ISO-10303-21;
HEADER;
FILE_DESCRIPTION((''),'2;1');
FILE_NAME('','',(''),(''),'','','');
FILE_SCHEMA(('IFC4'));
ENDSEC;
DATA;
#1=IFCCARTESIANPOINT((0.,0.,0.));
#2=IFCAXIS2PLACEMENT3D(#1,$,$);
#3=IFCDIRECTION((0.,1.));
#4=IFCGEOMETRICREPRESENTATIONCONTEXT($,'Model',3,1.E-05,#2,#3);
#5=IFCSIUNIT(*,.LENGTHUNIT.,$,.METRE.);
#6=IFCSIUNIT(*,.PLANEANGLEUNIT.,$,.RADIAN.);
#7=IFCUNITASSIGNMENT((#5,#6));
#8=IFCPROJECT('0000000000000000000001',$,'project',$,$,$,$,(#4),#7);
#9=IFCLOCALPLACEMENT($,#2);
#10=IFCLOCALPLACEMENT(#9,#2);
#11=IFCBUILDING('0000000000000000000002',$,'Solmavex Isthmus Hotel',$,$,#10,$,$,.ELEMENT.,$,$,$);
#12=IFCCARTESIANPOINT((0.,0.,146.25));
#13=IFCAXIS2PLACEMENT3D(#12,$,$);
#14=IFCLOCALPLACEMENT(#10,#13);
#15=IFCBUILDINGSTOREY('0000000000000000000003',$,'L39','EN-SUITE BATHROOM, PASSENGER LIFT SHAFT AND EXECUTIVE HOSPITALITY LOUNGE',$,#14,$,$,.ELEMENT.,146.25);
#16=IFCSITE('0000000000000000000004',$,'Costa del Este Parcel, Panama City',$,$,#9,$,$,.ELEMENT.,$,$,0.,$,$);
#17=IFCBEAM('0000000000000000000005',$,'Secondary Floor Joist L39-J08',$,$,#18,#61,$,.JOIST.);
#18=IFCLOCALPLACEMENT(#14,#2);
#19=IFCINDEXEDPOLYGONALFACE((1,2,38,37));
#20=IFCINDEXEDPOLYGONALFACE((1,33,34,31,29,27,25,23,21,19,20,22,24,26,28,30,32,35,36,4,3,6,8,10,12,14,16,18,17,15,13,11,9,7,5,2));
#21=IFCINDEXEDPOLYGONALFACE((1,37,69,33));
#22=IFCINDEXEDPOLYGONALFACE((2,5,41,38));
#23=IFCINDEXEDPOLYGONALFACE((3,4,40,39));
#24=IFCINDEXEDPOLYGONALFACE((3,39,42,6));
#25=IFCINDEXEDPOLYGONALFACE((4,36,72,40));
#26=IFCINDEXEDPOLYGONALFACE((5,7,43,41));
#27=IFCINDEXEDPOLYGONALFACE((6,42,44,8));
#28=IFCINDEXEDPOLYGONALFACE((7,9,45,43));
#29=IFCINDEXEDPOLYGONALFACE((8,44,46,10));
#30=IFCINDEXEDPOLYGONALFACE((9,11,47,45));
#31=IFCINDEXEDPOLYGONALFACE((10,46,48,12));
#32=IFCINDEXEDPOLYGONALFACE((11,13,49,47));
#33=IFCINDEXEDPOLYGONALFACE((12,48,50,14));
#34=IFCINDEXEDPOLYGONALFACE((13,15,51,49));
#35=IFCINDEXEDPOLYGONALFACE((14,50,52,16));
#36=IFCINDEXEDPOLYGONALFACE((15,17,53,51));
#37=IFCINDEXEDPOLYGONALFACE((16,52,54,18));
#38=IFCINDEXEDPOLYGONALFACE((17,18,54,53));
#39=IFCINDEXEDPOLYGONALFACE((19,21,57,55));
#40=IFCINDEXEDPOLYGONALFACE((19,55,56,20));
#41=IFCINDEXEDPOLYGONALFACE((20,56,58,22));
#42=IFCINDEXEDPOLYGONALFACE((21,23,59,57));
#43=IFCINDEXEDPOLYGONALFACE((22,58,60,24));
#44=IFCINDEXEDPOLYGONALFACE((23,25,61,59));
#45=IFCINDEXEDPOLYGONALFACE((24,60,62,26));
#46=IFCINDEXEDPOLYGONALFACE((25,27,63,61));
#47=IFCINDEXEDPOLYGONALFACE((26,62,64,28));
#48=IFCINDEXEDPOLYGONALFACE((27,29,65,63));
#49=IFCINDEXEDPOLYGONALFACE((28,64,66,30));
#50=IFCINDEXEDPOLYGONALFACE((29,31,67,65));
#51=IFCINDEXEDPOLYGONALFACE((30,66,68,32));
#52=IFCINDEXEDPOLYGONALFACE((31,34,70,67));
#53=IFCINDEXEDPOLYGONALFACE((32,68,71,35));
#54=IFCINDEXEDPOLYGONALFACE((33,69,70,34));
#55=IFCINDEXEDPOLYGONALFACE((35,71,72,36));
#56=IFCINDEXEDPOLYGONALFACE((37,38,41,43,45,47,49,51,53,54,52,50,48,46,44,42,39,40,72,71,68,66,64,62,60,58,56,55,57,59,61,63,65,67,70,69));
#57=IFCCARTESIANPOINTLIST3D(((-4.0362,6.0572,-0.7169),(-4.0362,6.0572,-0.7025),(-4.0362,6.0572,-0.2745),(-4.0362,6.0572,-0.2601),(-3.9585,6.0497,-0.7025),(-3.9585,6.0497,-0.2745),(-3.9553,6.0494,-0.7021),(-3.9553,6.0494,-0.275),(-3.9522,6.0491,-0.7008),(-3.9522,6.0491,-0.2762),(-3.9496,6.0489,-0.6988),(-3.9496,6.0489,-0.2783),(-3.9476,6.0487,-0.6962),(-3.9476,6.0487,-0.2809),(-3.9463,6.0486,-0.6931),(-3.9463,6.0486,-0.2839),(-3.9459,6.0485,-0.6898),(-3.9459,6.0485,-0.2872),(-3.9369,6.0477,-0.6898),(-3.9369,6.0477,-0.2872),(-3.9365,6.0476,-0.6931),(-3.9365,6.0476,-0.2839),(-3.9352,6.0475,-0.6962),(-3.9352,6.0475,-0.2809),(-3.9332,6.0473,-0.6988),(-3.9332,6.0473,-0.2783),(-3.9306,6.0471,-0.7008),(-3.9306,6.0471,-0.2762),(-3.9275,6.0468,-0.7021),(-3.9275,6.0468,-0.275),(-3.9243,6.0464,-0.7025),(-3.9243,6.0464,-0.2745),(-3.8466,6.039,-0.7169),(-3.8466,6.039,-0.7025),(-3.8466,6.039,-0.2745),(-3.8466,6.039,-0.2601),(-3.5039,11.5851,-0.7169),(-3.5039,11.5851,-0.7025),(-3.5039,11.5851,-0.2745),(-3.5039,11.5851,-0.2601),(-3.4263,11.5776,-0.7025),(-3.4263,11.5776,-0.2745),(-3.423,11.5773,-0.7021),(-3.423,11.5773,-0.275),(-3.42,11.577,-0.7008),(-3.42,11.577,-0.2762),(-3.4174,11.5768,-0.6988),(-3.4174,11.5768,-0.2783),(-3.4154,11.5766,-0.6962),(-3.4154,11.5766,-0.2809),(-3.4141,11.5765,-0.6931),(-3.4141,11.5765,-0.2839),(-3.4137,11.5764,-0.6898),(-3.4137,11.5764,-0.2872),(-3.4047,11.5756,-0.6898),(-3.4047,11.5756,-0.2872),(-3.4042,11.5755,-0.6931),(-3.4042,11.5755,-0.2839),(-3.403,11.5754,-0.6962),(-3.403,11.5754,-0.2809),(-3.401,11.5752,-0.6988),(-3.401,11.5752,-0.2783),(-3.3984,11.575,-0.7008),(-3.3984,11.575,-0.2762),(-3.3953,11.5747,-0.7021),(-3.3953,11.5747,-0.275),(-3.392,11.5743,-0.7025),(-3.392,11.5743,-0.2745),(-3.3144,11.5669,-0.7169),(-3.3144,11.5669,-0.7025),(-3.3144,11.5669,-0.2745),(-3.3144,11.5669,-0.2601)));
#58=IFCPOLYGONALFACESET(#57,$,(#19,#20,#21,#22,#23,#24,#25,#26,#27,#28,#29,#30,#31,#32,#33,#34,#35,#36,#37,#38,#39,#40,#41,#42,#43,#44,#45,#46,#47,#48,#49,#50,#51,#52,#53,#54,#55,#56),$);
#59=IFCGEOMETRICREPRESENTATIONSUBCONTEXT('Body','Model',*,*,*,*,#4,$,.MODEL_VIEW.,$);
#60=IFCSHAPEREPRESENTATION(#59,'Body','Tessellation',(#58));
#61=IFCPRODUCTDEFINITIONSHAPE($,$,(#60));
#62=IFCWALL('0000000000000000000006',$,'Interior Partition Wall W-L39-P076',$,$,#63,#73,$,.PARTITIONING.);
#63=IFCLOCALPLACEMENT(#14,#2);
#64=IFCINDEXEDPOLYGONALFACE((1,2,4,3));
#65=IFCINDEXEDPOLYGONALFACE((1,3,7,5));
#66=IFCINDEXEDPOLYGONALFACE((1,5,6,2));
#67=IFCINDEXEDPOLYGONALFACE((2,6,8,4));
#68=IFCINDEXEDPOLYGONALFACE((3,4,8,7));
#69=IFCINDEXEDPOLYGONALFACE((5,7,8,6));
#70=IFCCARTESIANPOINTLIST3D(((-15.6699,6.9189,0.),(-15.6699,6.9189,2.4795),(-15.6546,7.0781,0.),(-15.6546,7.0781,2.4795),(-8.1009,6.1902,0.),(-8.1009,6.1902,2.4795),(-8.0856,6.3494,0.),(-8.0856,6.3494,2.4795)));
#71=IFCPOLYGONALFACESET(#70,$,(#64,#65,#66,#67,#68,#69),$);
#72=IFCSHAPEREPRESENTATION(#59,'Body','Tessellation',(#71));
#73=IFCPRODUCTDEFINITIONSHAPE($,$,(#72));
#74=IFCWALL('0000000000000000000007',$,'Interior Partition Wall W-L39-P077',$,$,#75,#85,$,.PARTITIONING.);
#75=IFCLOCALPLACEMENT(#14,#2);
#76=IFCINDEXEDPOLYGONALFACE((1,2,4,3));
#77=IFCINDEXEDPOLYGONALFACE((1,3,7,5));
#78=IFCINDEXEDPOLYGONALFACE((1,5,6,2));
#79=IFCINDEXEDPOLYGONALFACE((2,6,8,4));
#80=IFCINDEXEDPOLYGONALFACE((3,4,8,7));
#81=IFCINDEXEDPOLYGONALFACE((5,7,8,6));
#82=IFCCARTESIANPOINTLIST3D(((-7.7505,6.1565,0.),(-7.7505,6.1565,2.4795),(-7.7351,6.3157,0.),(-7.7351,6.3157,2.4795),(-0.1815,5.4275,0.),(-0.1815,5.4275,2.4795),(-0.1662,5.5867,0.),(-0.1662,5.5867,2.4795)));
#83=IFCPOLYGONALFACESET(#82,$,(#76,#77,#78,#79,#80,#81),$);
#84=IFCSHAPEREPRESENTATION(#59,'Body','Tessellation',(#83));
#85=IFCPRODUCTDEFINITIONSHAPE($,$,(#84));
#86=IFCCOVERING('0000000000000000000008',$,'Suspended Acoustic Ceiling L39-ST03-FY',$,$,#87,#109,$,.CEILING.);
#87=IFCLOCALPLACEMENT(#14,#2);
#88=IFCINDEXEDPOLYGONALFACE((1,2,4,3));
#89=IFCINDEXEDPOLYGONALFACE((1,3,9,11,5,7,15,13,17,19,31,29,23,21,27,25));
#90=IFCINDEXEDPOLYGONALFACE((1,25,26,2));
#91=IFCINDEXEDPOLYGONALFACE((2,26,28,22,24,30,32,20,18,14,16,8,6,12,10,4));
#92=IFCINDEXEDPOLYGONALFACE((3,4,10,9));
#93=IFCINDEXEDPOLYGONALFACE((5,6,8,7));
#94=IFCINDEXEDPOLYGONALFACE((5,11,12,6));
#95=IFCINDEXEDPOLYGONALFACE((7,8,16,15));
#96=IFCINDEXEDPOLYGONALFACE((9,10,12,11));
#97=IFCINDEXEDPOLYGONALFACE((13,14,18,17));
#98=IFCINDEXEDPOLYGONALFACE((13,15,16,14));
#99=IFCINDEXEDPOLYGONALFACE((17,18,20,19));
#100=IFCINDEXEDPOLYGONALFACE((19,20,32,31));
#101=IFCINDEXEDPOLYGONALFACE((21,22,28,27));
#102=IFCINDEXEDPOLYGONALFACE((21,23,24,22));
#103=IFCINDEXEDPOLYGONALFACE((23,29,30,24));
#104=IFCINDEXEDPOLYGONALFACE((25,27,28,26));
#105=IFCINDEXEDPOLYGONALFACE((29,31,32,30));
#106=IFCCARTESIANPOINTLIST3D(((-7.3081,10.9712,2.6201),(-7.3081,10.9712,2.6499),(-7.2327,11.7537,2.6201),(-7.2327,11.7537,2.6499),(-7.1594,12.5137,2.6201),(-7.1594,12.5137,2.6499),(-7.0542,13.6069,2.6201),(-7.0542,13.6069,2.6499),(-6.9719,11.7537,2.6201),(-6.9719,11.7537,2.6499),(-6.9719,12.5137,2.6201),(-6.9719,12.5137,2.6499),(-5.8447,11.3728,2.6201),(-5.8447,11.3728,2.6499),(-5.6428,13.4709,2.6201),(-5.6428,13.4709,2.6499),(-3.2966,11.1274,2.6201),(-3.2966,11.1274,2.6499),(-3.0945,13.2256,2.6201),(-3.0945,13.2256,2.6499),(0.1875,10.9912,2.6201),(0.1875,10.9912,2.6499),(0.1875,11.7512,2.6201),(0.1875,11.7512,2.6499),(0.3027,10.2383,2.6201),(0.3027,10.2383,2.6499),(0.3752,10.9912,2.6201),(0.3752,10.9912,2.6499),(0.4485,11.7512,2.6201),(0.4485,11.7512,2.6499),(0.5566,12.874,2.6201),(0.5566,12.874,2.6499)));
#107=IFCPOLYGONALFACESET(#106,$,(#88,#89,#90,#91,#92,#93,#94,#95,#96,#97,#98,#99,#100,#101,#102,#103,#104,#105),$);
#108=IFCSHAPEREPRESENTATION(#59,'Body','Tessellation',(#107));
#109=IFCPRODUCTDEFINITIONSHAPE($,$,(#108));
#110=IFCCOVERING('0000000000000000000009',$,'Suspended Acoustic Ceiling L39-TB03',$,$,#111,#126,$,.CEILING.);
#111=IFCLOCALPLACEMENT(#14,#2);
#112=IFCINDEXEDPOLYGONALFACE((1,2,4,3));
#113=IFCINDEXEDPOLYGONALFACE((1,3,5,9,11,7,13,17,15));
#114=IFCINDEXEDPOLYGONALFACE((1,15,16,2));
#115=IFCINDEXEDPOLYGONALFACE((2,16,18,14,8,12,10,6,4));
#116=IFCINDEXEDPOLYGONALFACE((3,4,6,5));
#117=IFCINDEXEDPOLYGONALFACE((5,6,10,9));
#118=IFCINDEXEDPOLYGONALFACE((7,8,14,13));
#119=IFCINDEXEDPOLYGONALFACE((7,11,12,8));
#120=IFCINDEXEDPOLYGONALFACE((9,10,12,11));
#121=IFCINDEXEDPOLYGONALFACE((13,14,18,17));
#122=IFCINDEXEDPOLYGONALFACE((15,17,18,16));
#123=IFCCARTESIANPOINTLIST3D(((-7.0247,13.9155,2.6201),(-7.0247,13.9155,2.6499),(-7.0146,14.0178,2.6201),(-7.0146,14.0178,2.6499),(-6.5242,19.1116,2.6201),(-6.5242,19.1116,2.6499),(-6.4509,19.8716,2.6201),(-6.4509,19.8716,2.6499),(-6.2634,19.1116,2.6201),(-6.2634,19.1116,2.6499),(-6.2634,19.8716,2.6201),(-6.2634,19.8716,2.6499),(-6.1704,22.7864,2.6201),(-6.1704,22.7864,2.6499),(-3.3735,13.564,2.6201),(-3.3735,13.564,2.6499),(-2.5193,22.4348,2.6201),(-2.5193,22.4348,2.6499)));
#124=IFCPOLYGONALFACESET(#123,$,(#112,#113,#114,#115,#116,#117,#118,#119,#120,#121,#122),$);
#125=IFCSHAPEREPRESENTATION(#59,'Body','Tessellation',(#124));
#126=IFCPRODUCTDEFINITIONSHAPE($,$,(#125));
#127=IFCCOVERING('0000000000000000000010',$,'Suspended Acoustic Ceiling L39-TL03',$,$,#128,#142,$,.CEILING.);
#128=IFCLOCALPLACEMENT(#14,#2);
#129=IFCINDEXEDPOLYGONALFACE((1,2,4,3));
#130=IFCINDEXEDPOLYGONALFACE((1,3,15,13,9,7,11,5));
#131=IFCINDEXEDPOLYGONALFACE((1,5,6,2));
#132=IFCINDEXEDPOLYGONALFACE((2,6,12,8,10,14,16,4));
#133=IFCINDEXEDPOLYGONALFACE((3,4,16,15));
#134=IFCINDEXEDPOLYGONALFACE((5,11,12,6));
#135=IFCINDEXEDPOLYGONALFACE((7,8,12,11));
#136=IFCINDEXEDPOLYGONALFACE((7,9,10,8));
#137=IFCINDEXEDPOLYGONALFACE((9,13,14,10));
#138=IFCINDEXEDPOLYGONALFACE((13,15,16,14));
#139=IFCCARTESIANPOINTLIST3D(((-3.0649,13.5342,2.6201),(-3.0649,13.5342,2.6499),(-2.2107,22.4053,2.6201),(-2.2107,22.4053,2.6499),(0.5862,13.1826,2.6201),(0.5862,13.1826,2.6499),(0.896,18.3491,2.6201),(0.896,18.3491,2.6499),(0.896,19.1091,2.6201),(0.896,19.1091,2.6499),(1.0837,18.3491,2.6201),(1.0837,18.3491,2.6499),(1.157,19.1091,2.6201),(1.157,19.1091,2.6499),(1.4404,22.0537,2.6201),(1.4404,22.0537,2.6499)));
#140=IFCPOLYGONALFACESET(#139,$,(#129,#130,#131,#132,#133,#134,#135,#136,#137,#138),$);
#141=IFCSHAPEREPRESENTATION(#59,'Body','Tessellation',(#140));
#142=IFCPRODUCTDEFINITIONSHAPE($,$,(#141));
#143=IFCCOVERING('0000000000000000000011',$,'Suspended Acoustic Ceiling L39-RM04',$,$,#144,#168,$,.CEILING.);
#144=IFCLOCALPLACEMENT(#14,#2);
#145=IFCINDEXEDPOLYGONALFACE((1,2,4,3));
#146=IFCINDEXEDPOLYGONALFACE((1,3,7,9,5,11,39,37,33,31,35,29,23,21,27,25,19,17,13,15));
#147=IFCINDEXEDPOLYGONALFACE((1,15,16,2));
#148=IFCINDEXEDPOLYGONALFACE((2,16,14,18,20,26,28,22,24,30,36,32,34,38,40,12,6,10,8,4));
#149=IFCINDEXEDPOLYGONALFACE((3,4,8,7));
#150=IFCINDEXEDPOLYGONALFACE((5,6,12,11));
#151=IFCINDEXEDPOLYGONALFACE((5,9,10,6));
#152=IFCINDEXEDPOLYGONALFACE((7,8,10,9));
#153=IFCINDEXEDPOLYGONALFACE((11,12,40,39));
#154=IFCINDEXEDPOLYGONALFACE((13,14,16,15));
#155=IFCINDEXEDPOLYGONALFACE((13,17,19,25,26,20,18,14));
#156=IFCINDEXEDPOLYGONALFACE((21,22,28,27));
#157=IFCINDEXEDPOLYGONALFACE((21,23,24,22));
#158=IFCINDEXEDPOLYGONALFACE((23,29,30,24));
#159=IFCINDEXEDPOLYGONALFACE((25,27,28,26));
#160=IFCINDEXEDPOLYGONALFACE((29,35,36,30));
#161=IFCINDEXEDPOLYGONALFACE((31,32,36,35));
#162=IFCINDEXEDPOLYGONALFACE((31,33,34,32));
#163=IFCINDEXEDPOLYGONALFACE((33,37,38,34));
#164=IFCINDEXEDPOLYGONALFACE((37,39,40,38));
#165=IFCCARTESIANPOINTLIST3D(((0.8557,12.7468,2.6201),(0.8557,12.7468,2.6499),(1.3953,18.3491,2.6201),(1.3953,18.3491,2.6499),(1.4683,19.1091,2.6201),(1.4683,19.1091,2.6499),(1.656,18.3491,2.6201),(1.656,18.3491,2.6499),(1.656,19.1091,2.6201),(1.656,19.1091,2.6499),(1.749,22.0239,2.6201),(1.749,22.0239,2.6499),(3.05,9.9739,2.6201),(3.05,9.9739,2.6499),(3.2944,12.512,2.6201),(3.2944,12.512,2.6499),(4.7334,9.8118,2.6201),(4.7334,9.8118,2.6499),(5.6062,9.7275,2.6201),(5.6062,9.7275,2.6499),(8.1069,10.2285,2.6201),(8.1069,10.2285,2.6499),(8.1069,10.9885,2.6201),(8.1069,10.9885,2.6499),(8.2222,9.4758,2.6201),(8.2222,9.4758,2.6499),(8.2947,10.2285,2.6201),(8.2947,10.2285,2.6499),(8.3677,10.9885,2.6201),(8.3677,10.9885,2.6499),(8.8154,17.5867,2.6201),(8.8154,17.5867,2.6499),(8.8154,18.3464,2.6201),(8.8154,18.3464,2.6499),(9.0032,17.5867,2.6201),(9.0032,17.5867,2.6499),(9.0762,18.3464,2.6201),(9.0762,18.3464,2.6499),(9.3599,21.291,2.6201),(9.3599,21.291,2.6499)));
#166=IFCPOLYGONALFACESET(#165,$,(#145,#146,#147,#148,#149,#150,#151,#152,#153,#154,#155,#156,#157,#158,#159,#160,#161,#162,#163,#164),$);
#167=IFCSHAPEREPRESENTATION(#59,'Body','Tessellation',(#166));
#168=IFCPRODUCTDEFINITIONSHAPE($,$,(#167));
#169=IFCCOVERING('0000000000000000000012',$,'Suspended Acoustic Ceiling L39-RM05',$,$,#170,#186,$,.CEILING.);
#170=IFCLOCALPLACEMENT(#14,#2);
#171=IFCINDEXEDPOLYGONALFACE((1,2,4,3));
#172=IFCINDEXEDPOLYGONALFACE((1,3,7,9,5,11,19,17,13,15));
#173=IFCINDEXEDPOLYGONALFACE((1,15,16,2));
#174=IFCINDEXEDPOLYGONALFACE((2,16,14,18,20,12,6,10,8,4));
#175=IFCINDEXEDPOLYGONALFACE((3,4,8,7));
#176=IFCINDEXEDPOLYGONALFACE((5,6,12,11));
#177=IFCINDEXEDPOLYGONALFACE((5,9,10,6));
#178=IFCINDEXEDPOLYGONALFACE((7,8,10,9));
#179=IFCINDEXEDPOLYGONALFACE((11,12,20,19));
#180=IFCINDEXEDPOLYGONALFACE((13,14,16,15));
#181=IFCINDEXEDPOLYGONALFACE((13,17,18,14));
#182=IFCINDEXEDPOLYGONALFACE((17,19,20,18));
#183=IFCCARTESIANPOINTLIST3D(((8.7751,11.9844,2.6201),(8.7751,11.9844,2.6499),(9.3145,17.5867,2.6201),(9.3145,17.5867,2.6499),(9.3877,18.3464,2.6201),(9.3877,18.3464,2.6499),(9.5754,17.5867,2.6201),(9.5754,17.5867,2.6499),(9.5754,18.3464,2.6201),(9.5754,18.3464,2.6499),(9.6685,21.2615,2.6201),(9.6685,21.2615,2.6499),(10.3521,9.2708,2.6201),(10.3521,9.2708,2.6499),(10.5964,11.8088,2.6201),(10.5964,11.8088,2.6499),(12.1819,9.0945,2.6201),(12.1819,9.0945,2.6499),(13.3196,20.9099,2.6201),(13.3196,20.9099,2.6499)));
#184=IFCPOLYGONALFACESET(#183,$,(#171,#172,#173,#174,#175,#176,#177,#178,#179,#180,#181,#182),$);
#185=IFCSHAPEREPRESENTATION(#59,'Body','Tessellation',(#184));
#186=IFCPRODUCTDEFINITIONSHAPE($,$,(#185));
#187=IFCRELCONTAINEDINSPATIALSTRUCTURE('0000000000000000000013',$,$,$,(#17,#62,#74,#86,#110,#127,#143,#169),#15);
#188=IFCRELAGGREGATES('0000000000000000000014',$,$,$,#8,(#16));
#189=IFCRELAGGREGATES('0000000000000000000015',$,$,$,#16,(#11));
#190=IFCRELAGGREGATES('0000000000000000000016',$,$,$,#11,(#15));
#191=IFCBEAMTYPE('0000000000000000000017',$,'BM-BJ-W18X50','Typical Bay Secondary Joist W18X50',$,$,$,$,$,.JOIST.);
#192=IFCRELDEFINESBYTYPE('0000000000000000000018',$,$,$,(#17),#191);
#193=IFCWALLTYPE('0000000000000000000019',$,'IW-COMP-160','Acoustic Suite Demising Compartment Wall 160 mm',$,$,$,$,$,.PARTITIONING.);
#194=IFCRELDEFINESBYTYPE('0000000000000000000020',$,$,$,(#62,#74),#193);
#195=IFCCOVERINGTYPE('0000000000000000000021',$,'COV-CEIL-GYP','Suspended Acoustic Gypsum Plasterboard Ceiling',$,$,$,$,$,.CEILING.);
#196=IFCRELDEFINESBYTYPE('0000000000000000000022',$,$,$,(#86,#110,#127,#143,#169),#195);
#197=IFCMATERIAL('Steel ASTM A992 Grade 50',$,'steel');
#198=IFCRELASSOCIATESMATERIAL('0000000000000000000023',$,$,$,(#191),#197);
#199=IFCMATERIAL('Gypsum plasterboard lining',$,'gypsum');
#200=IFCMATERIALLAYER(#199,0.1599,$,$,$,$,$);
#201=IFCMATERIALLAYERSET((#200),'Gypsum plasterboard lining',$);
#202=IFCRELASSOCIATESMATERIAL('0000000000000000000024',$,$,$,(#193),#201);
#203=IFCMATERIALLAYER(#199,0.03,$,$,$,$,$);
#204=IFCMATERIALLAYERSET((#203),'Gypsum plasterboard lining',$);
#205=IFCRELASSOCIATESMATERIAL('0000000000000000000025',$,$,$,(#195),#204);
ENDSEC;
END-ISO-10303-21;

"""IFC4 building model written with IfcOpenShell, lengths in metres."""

from ifc_helpers import new_model, si_unit, direction, frame, frame_2d, origin, origin_2d, place, context, subcontext, project, spatial, polyline, rectangle, i_section, outline, extrude, material, layer, layer_set, material_profile, profile_set, type_object, element, save


model = new_model("IFC4")

# Units and contexts
model_context = context("Model", 3, precision=1e-05, world=origin(), true_north=direction((0.0, 1.0)))
body_context = subcontext(model_context, "Body", "Model", "MODEL_VIEW")
ifc_project = project(units=[si_unit("LENGTHUNIT", "METRE"), si_unit("PLANEANGLEUNIT", "RADIAN")], contexts=[model_context])

# Site, building, storey
site_placement = place(None, origin())
site = spatial("IfcSite", under=ifc_project, at=site_placement, Name="Costa del Este Parcel, Panama City", CompositionType="ELEMENT", RefElevation=0.0)
building_placement = place(site_placement, origin())
building = spatial("IfcBuilding", under=site, at=building_placement, Name="Solmavex Isthmus Hotel", CompositionType="ELEMENT")
storey_placement = place(building_placement, frame((0.0, 0.0, 146.25)))
storey = spatial("IfcBuildingStorey", under=building, at=storey_placement, Name="L39", Description="EN-SUITE BATHROOM, PASSENGER LIFT SHAFT AND EXECUTIVE HOSPITALITY LOUNGE", CompositionType="ELEMENT", Elevation=146.25)

# Beam
ifc_material_1 = material(Name="Steel ASTM A992 Grade 50", Category="steel")
ifc_material_profile_1 = material_profile(ifc_material_1, i_section(OverallWidth=0.1904, OverallDepth=0.4568, WebThickness=0.009, FlangeThickness=0.0144, FilletRadius=0.0127, at=origin_2d()), Name="W18X50")
ifc_profile_set_1 = profile_set([ifc_material_profile_1], Name="Steel ASTM A992 Grade 50")
beam_type_1 = type_object("IfcBeamType", Name="BM-BJ-W18X50", Description="Typical Bay Secondary Joist W18X50", PredefinedType="JOIST", material=ifc_profile_set_1)
beam_1_placement = place(storey_placement, frame((-3.9414, 6.0481, -0.4885), z_axis=(0.095838, 0.995397, 0.0), x_axis=(-0.995397, 0.095838, 0.0)))
element("IfcBeam", 1, at=beam_1_placement, inside=storey, type_object=beam_type_1, Name="Secondary Floor Joist L39-J08", PredefinedType="JOIST", context=body_context, shape_type="SweptSolid", body=[
    extrude(i_section(OverallWidth=0.1904, OverallDepth=0.4568, WebThickness=0.009, FlangeThickness=0.0144, FilletRadius=0.0127, at=origin_2d()), origin(), (0.0, 0.0, 1.0), 5.5535),
])

# Walls
ifc_material_2 = material(Name="Gypsum plasterboard lining", Category="gypsum")
ifc_layer_1 = layer(ifc_material_2, 0.1599)
ifc_layer_set_1 = layer_set([ifc_layer_1], Name="Gypsum plasterboard lining")
wall_type = type_object("IfcWallType", Name="IW-COMP-160", Description="Acoustic Suite Demising Compartment Wall 160 mm", PredefinedType="PARTITIONING", material=ifc_layer_set_1)
for number, where, z_axis, x_axis, name in (
    (2, (-8.0933, 6.2698, 0.0), (0.0, 0.0, 1.0), (-0.995397, 0.095838, 0.0), "Interior Partition Wall W-L39-P076"),
    (3, (-0.1738, 5.5071, 0.0), (0.0, 0.0, 1.0), (-0.995394, 0.09587, 0.0), "Interior Partition Wall W-L39-P077"),
):
    element("IfcWall", number, at=place(storey_placement, frame(where, z_axis=z_axis, x_axis=x_axis)), inside=storey, type_object=wall_type, Name=name, PredefinedType="PARTITIONING", context=body_context, shape_type="SweptSolid", body=[
        extrude(rectangle(XDim=7.604, YDim=0.1599, at=frame_2d((3.802, 0.0))), origin(), (0.0, 0.0, 1.0), 2.4795),
    ])

# Coverings
ifc_layer_2 = layer(ifc_material_2, 0.03)
ifc_layer_set_2 = layer_set([ifc_layer_2], Name="Gypsum plasterboard lining")
covering_type_1 = type_object("IfcCoveringType", Name="COV-CEIL-GYP", Description="Suspended Acoustic Gypsum Plasterboard Ceiling", PredefinedType="CEILING", material=ifc_layer_set_2)
covering_1_placement = place(storey_placement, frame((0.0, 0.0, 2.6201)))
element("IfcCovering", 4, at=covering_1_placement, inside=storey, type_object=covering_type_1, Name="Suspended Acoustic Ceiling L39-ST03-FY", PredefinedType="CEILING", context=body_context, shape_type="SweptSolid", body=[
    extrude(outline(polyline([(-3.0945, 13.2256), (-3.2966, 11.1274), (-5.8447, 11.3728), (-5.6428, 13.4709), (-7.0542, 13.6069), (-7.1594, 12.5137), (-6.9719, 12.5137), (-6.9719, 11.7537), (-7.2327, 11.7537), (-7.3081, 10.9712), (0.3027, 10.2383), (0.3752, 10.9912), (0.1875, 10.9912), (0.1875, 11.7512), (0.4485, 11.7512), (0.5566, 12.874), (-3.0945, 13.2256)])), origin(), (0.0, 0.0, 1.0), 0.0298),
])
covering_2_placement = place(storey_placement, frame((0.0, 0.0, 2.6201)))
element("IfcCovering", 5, at=covering_2_placement, inside=storey, type_object=covering_type_1, Name="Suspended Acoustic Ceiling L39-TB03", PredefinedType="CEILING", context=body_context, shape_type="SweptSolid", body=[
    extrude(outline(polyline([(-6.4509, 19.8716), (-6.2634, 19.8716), (-6.2634, 19.1116), (-6.5242, 19.1116), (-7.0146, 14.0178), (-7.0247, 13.9155), (-3.3735, 13.564), (-2.5193, 22.4348), (-6.1704, 22.7864), (-6.4509, 19.8716)])), origin(), (0.0, 0.0, 1.0), 0.0298),
])
covering_3_placement = place(storey_placement, frame((0.0, 0.0, 2.6201)))
element("IfcCovering", 6, at=covering_3_placement, inside=storey, type_object=covering_type_1, Name="Suspended Acoustic Ceiling L39-TL03", PredefinedType="CEILING", context=body_context, shape_type="SweptSolid", body=[
    extrude(outline(polyline([(1.0837, 18.3491), (0.896, 18.3491), (0.896, 19.1091), (1.157, 19.1091), (1.4404, 22.0537), (-2.2107, 22.4053), (-3.0649, 13.5342), (0.5862, 13.1826), (1.0837, 18.3491)])), origin(), (0.0, 0.0, 1.0), 0.0298),
])
covering_4_placement = place(storey_placement, frame((0.0, 0.0, 2.6201)))
element("IfcCovering", 7, at=covering_4_placement, inside=storey, type_object=covering_type_1, Name="Suspended Acoustic Ceiling L39-RM04", PredefinedType="CEILING", context=body_context, shape_type="SweptSolid", body=[
    extrude(outline(polyline([(1.4683, 19.1091), (1.656, 19.1091), (1.656, 18.3491), (1.3953, 18.3491), (0.8557, 12.7468), (3.2944, 12.512), (3.05, 9.9739), (4.7334, 9.8118), (5.6062, 9.7275), (8.2222, 9.4758), (8.2947, 10.2285), (8.1069, 10.2285), (8.1069, 10.9885), (8.3677, 10.9885), (9.0032, 17.5867), (8.8154, 17.5867), (8.8154, 18.3464), (9.0762, 18.3464), (9.3599, 21.291), (1.749, 22.0239), (1.4683, 19.1091)])), origin(), (0.0, 0.0, 1.0), 0.0298),
])
covering_5_placement = place(storey_placement, frame((0.0, 0.0, 2.6201)))
element("IfcCovering", 8, at=covering_5_placement, inside=storey, type_object=covering_type_1, Name="Suspended Acoustic Ceiling L39-RM05", PredefinedType="CEILING", context=body_context, shape_type="SweptSolid", body=[
    extrude(outline(polyline([(9.3877, 18.3464), (9.5754, 18.3464), (9.5754, 17.5867), (9.3145, 17.5867), (8.7751, 11.9844), (10.5964, 11.8088), (10.3521, 9.2708), (12.1819, 9.0945), (13.3196, 20.9099), (9.6685, 21.2615), (9.3877, 18.3464)])), origin(), (0.0, 0.0, 1.0), 0.0298),
])

save(model, "model.ifc")
